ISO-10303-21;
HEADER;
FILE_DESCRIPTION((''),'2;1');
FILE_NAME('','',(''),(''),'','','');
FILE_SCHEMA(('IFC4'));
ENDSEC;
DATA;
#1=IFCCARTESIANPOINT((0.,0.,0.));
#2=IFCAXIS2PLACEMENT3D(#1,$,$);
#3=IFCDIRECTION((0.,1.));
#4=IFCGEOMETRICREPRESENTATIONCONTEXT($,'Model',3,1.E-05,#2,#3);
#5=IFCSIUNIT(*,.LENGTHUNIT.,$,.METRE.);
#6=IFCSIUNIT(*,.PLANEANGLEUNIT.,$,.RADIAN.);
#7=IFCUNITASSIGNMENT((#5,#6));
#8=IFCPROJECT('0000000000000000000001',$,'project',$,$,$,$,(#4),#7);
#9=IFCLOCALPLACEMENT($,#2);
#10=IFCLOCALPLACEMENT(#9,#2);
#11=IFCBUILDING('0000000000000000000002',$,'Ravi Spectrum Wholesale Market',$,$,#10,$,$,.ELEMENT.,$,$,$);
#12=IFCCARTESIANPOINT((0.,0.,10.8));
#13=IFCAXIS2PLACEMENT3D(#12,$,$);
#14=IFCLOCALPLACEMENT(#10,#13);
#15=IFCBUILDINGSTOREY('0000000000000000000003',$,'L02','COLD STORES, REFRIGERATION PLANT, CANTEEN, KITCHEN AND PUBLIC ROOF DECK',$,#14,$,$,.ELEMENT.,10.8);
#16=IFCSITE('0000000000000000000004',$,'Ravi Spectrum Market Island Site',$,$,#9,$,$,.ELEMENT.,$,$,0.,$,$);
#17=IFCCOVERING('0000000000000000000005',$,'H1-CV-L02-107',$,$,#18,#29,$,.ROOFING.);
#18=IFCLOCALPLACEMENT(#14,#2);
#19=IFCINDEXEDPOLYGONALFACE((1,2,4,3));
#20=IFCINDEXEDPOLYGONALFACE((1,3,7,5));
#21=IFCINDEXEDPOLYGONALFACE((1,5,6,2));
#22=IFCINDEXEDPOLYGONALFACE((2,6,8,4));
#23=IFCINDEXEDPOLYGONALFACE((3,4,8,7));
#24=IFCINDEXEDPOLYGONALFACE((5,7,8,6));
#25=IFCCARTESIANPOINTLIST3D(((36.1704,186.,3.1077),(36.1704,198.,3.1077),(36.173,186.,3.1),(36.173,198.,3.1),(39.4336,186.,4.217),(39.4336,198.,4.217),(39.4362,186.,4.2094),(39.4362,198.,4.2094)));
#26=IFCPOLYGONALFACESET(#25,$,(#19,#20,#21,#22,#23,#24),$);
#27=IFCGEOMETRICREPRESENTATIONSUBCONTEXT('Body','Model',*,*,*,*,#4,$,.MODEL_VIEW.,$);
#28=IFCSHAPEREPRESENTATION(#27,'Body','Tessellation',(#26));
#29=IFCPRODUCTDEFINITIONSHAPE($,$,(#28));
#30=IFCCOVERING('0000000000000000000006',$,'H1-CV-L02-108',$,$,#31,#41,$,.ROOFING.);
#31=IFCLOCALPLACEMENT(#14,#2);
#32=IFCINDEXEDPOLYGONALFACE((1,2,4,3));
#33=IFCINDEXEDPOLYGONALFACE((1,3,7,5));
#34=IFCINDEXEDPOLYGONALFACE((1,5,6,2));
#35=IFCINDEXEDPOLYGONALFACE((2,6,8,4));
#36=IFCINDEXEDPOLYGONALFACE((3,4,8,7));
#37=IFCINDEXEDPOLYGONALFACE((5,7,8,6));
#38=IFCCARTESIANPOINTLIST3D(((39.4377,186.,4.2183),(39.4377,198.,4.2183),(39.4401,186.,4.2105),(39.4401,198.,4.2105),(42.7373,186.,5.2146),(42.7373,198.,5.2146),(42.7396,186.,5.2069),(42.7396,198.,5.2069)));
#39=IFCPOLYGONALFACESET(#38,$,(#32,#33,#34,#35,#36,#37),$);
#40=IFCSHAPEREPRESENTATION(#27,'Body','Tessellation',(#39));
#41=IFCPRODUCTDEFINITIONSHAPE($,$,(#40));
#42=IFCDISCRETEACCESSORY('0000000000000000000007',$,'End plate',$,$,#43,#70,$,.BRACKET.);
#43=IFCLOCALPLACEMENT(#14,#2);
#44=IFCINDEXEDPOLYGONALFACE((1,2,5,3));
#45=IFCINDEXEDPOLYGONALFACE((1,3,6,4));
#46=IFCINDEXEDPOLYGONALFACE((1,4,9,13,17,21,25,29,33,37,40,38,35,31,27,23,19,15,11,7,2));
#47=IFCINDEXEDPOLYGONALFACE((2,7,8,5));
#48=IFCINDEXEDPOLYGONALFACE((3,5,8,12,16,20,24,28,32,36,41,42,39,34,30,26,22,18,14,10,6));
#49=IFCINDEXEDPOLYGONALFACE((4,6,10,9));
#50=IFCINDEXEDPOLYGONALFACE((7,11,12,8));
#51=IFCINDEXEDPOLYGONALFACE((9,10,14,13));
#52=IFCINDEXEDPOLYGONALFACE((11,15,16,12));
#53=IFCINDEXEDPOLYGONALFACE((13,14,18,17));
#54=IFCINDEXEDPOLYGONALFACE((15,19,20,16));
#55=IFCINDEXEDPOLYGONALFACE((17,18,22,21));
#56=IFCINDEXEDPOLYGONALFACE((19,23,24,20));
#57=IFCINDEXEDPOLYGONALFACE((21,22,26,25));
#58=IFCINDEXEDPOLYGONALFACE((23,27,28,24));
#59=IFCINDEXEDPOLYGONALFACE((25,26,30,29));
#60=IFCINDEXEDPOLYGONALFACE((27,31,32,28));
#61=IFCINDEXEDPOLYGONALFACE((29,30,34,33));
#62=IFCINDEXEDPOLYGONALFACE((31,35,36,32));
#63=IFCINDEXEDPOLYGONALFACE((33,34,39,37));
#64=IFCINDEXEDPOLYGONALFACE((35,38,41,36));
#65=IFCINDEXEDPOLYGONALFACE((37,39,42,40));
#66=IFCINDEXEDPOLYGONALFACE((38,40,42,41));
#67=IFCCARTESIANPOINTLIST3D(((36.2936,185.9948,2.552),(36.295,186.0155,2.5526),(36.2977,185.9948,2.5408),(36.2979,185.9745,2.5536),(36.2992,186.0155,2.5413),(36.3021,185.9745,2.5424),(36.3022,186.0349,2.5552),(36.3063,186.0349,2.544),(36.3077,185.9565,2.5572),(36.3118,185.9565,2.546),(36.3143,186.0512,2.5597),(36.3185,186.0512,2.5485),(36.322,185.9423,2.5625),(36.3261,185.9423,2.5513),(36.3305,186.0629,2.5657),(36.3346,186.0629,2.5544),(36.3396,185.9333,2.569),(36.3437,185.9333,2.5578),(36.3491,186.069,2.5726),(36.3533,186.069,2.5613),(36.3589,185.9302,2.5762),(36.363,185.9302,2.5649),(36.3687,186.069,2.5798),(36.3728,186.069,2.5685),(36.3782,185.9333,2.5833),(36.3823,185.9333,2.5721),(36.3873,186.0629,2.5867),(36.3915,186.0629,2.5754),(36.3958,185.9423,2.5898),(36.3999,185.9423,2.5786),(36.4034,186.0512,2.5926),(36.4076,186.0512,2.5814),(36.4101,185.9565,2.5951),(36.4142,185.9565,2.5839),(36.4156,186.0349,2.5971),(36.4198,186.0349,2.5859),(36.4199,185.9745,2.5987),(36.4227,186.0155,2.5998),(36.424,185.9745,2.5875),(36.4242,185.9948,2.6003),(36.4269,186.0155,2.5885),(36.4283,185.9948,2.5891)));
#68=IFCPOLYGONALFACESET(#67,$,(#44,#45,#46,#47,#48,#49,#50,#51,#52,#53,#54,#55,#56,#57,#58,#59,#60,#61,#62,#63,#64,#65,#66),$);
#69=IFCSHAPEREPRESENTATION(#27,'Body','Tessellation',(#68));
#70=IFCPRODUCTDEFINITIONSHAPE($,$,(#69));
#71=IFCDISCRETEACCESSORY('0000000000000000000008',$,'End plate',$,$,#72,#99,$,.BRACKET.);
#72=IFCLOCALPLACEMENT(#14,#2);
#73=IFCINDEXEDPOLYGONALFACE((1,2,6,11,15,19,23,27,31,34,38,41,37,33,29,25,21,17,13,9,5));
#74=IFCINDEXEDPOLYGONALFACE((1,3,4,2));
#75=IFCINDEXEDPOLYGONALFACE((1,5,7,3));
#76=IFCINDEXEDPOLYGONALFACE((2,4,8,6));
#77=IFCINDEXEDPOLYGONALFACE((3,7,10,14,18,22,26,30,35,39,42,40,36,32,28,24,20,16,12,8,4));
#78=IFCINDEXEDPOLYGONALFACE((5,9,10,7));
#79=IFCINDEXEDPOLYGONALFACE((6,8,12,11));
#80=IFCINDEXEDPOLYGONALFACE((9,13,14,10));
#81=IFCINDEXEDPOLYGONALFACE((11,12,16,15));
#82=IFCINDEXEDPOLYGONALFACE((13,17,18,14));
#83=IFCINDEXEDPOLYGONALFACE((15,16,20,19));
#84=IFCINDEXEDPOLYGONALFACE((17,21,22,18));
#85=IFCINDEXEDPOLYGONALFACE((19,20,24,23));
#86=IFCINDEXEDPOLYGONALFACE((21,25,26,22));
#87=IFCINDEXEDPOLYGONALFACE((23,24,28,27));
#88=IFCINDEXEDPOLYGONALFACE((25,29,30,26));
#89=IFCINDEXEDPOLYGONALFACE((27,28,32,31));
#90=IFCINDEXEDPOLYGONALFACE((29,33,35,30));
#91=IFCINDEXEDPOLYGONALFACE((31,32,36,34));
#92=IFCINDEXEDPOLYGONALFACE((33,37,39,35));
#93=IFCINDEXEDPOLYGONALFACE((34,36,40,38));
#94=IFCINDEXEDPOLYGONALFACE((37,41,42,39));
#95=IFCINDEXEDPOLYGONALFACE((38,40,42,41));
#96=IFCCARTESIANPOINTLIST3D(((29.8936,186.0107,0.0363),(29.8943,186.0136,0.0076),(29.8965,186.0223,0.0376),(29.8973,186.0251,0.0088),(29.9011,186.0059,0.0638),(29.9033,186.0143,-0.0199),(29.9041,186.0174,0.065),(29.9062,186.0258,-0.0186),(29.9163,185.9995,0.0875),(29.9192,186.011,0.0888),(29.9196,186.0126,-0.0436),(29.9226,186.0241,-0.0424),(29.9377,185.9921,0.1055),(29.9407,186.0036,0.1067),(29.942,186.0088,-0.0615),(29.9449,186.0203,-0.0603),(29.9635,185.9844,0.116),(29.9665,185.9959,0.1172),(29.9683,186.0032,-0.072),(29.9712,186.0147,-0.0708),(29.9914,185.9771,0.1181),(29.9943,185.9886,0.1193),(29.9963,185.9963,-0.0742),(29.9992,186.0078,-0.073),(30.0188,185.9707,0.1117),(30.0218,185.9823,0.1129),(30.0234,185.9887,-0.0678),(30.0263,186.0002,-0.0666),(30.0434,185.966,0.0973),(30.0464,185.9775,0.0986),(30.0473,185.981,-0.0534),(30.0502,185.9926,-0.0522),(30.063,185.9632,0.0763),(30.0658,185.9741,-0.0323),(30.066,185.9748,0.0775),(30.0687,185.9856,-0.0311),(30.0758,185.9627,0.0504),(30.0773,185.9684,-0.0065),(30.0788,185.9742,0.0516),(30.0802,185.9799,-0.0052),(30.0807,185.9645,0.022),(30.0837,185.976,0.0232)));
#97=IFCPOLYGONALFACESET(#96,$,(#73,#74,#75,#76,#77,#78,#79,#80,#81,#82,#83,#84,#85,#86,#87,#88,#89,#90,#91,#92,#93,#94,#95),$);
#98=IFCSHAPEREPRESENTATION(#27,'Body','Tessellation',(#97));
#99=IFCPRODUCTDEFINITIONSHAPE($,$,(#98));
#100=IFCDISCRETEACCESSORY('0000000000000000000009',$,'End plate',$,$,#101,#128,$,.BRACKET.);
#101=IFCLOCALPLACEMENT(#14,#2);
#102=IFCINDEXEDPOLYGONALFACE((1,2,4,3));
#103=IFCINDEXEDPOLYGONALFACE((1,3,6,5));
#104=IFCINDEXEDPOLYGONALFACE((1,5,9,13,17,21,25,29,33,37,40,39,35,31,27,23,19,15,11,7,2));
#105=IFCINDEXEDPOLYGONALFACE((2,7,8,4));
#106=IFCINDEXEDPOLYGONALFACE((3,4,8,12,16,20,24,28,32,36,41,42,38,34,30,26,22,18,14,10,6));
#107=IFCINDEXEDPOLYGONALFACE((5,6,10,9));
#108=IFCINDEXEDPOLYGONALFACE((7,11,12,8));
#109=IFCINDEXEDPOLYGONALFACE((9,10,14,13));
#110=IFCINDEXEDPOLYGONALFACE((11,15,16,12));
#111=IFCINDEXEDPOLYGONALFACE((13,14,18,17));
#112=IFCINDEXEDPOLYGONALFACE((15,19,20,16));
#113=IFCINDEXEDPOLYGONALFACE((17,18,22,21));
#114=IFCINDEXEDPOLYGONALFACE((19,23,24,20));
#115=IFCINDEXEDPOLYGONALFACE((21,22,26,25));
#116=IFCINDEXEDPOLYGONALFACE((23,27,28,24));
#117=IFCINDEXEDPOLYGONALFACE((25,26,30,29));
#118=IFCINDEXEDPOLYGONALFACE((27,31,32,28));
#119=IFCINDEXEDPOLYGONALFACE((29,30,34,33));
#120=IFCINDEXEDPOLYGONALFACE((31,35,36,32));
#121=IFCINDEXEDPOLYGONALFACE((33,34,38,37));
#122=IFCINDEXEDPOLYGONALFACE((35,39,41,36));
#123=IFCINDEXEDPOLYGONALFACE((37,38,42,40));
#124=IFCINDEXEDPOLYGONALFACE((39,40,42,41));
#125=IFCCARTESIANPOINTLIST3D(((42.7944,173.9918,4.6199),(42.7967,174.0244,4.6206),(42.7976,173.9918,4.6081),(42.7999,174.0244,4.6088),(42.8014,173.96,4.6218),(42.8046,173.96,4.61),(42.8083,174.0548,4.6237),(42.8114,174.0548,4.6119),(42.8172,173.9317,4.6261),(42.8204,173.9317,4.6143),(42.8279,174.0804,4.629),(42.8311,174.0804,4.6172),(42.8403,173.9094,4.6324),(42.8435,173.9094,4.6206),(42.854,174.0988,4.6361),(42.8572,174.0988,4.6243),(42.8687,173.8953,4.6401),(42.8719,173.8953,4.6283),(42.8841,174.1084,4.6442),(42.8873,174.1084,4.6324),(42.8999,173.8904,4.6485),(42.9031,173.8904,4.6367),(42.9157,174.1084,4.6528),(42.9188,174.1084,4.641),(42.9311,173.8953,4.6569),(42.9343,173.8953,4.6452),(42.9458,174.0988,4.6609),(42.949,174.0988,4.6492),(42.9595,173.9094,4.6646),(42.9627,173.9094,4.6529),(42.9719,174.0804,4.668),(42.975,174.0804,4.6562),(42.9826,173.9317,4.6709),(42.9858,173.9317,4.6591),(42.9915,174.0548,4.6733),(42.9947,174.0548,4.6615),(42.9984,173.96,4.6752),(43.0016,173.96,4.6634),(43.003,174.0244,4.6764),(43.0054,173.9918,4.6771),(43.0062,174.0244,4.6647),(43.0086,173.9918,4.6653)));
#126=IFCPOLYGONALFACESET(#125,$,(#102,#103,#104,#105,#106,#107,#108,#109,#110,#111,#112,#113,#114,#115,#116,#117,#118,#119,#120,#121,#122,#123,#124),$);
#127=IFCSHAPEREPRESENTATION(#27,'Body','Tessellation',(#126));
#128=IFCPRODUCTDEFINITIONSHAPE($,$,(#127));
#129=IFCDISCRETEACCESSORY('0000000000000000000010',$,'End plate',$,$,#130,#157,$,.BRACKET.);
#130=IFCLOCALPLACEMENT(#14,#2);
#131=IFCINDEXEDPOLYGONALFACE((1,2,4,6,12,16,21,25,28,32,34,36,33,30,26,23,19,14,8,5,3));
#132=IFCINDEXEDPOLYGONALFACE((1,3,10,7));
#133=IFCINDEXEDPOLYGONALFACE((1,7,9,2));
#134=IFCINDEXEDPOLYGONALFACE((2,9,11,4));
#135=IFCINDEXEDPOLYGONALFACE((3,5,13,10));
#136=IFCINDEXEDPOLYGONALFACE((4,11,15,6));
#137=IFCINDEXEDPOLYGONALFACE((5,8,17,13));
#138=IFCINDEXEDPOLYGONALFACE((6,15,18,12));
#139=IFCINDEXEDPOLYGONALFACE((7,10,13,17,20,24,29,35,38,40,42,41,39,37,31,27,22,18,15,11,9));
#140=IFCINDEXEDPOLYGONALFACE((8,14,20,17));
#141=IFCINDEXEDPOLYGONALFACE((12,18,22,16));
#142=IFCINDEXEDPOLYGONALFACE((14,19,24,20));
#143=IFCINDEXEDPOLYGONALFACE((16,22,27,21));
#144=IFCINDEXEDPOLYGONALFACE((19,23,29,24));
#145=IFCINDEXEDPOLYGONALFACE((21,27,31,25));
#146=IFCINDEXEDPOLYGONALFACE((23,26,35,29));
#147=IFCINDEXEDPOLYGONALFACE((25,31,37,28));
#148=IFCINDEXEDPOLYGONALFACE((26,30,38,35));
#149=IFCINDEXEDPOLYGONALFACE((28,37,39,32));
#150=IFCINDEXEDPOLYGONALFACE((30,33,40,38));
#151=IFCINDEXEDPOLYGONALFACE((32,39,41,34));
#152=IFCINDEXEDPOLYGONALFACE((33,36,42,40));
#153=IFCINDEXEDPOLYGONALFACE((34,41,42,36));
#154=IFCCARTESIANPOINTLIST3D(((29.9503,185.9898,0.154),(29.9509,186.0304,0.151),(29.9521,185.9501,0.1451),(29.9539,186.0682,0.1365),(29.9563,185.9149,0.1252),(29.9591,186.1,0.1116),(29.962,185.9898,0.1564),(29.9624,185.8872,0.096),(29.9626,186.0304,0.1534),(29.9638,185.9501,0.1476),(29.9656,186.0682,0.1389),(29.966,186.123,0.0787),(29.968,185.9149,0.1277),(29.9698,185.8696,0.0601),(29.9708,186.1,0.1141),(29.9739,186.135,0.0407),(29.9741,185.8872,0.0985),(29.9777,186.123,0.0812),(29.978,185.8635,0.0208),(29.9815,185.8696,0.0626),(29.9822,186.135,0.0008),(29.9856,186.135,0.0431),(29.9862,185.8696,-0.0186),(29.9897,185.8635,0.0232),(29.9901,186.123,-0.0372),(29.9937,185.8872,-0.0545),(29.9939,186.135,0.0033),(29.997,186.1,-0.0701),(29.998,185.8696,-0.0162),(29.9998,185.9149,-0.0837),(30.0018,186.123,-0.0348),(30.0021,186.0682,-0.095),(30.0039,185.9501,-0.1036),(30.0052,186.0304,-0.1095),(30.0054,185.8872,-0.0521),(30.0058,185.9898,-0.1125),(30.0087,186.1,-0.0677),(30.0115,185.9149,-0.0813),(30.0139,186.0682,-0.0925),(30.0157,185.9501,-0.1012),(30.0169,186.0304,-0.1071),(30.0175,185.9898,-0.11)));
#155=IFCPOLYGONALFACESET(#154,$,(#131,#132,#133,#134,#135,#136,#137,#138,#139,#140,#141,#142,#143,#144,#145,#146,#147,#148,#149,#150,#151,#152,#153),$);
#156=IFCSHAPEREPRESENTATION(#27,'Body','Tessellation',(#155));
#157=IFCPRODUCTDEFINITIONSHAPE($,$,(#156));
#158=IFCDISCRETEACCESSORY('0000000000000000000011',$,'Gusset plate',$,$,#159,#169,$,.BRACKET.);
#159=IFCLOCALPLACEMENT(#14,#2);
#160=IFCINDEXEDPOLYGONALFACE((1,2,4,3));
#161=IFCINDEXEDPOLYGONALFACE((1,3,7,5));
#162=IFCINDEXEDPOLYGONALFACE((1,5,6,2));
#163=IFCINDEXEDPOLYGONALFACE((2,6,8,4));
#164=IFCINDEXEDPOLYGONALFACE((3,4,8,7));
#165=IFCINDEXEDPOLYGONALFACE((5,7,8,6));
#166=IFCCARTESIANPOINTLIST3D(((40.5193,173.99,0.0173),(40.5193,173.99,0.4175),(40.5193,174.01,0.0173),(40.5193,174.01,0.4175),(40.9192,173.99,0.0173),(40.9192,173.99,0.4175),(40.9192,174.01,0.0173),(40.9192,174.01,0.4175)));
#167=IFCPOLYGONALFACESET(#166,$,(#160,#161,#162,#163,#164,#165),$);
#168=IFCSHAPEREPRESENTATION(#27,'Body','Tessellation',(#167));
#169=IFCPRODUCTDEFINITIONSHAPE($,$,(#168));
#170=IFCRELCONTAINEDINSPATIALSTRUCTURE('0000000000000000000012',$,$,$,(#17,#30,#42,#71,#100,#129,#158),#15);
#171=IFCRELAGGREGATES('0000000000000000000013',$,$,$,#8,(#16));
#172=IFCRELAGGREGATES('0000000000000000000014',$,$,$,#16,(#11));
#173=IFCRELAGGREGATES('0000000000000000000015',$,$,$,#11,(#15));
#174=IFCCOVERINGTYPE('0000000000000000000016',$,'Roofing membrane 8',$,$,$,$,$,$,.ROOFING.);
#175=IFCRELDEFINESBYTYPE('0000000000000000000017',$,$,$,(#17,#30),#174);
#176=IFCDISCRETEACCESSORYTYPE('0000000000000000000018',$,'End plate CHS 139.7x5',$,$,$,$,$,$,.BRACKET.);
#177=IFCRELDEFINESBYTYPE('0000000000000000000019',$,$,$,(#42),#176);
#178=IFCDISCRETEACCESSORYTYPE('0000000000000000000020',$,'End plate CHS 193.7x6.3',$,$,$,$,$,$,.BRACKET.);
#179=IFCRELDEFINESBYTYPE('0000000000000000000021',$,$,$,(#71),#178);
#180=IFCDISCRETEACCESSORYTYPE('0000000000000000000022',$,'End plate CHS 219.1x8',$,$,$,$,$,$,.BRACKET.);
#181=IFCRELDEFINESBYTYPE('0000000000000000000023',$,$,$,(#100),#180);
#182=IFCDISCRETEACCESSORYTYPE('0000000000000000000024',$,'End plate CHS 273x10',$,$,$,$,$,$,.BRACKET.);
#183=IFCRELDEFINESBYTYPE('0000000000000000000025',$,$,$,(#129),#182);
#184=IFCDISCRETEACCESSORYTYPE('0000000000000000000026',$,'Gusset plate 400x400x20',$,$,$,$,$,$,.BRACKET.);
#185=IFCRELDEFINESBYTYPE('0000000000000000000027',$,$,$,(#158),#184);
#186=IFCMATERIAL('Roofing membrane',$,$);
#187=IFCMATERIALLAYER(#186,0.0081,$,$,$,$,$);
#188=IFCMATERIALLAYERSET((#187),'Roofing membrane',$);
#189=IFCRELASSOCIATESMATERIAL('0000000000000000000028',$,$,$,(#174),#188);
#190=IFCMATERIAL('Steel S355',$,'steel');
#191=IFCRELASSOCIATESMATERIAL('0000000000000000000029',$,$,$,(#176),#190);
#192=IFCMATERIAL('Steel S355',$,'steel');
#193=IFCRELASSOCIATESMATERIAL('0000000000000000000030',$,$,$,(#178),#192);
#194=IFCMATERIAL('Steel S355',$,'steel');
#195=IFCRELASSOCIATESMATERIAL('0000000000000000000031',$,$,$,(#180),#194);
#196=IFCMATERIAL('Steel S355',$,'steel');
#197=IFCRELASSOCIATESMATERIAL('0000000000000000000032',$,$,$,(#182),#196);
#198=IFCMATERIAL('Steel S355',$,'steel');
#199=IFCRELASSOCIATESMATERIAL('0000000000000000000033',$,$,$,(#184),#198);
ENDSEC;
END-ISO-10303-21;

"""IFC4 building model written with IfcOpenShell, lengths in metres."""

from ifc_helpers import new_model, si_unit, direction, frame, origin, origin_2d, place, context, subcontext, project, spatial, polyline, rectangle, circle, outline, extrude, material, layer, layer_set, material_profile, profile_set, type_object, element, save


model = new_model("IFC4")

# Units and contexts
model_context = context("Model", 3, precision=1e-05, world=origin(), true_north=direction((0.0, 1.0)))
body_context = subcontext(model_context, "Body", "Model", "MODEL_VIEW")
ifc_project = project(units=[si_unit("LENGTHUNIT", "METRE"), si_unit("PLANEANGLEUNIT", "RADIAN")], contexts=[model_context])

# Site, building, storey
site_placement = place(None, origin())
site = spatial("IfcSite", under=ifc_project, at=site_placement, Name="Ravi Spectrum Market Island Site", CompositionType="ELEMENT", RefElevation=0.0)
building_placement = place(site_placement, origin())
building = spatial("IfcBuilding", under=site, at=building_placement, Name="Ravi Spectrum Wholesale Market", CompositionType="ELEMENT")
storey_placement = place(building_placement, frame((0.0, 0.0, 10.8)))
storey = spatial("IfcBuildingStorey", under=building, at=storey_placement, Name="L02", Description="COLD STORES, REFRIGERATION PLANT, CANTEEN, KITCHEN AND PUBLIC ROOF DECK", CompositionType="ELEMENT", Elevation=10.8)

# Coverings
ifc_material_1 = material(Name="Roofing membrane")
ifc_layer_1 = layer(ifc_material_1, 0.0081)
ifc_layer_set_1 = layer_set([ifc_layer_1], Name="Roofing membrane")
covering_type = type_object("IfcCoveringType", Name="Roofing membrane 8", PredefinedType="ROOFING", material=ifc_layer_set_1)
covering_1_placement = place(storey_placement, frame((36.1704, 186.0, 3.1077), z_axis=(-0.321875, 0.0, 0.946782), x_axis=(0.946782, 0.0, 0.321875)))
element("IfcCovering", 1, at=covering_1_placement, inside=storey, type_object=covering_type, Name="H1-CV-L02-107", PredefinedType="ROOFING", context=body_context, shape_type="SweptSolid", body=[
    extrude(outline(polyline([(0.0, 0.0), (3.4466, 0.0), (3.4466, 12.0), (0.0, 12.0), (0.0, 0.0)])), origin(), (0.0, 0.0, -1.0), 0.0081),
])
covering_2_placement = place(storey_placement, frame((39.4377, 186.0, 4.2183), z_axis=(-0.28907, 0.0, 0.957308), x_axis=(0.957308, 0.0, 0.28907)))
element("IfcCovering", 2, at=covering_2_placement, inside=storey, type_object=covering_type, Name="H1-CV-L02-108", PredefinedType="ROOFING", context=body_context, shape_type="SweptSolid", body=[
    extrude(outline(polyline([(0.0, 0.0), (3.4467, 0.0), (3.4467, 12.0), (0.0, 12.0), (0.0, 0.0)])), origin(), (0.0, 0.0, -1.0), 0.0081),
])

# Discrete accessories
ifc_material_2 = material(Name="Steel S355", Category="steel")
ifc_material_profile_1 = material_profile(ifc_material_2, circle(Radius=0.0698, at=origin_2d()))
ifc_profile_set_1 = profile_set([ifc_material_profile_1], Name="Steel S355")
discrete_accessory_type_1 = type_object("IfcDiscreteAccessoryType", Name="End plate CHS 139.7x5", PredefinedType="BRACKET", material=ifc_profile_set_1)
discrete_accessory_1_placement = place(storey_placement, frame((36.363, 186.0, 2.5649), z_axis=(-0.34665, 0.0, 0.937994), x_axis=(0.0, -1.0, 0.0)))
element("IfcDiscreteAccessory", 3, at=discrete_accessory_1_placement, inside=storey, type_object=discrete_accessory_type_1, Name="End plate", PredefinedType="BRACKET", context=body_context, shape_type="SweptSolid", body=[
    extrude(circle(Radius=0.0698, at=origin_2d()), origin(), (0.0, 0.0, 1.0), 0.012),
])
ifc_material_3 = material(Name="Steel S355", Category="steel")
ifc_material_profile_2 = material_profile(ifc_material_3, circle(Radius=0.0969, at=origin_2d()))
ifc_profile_set_2 = profile_set([ifc_material_profile_2], Name="Steel S355")
discrete_accessory_type_2 = type_object("IfcDiscreteAccessoryType", Name="End plate CHS 193.7x6.3", PredefinedType="BRACKET", material=ifc_profile_set_2)
discrete_accessory_2_placement = place(storey_placement, frame((29.9897, 186.0, 0.0232), z_axis=(-0.246079, -0.963811, -0.102533), x_axis=(0.968918, -0.247383, 0.0)))
element("IfcDiscreteAccessory", 4, at=discrete_accessory_2_placement, inside=storey, type_object=discrete_accessory_type_2, Name="End plate", PredefinedType="BRACKET", context=body_context, shape_type="SweptSolid", body=[
    extrude(circle(Radius=0.0969, at=origin_2d()), origin(), (0.0, 0.0, 1.0), 0.012),
])
ifc_material_4 = material(Name="Steel S355", Category="steel")
ifc_material_profile_3 = material_profile(ifc_material_4, circle(Radius=0.1096, at=origin_2d()))
ifc_profile_set_3 = profile_set([ifc_material_profile_3], Name="Steel S355")
discrete_accessory_type_3 = type_object("IfcDiscreteAccessoryType", Name="End plate CHS 219.1x8", PredefinedType="BRACKET", material=ifc_profile_set_3)
discrete_accessory_3_placement = place(storey_placement, frame((42.9031, 174.0, 4.6367), z_axis=(-0.261415, 0.0, 0.965226), x_axis=(0.0, -1.0, 0.0)))
element("IfcDiscreteAccessory", 5, at=discrete_accessory_3_placement, inside=storey, type_object=discrete_accessory_type_3, Name="End plate", PredefinedType="BRACKET", context=body_context, shape_type="SweptSolid", body=[
    extrude(circle(Radius=0.1096, at=origin_2d()), origin(), (0.0, 0.0, 1.0), 0.0122),
])
ifc_material_5 = material(Name="Steel S355", Category="steel")
ifc_material_profile_4 = material_profile(ifc_material_5, circle(Radius=0.1365, at=origin_2d()))
ifc_profile_set_4 = profile_set([ifc_material_profile_4], Name="Steel S355")
discrete_accessory_type_4 = type_object("IfcDiscreteAccessoryType", Name="End plate CHS 273x10", PredefinedType="BRACKET", material=ifc_profile_set_4)
discrete_accessory_4_placement = place(storey_placement, frame((29.9897, 186.0, 0.0232), z_axis=(-0.97898, 0.0, -0.203954), x_axis=(0.0, -1.0, 0.0)))
element("IfcDiscreteAccessory", 6, at=discrete_accessory_4_placement, inside=storey, type_object=discrete_accessory_type_4, Name="End plate", PredefinedType="BRACKET", context=body_context, shape_type="SweptSolid", body=[
    extrude(circle(Radius=0.1365, at=origin_2d()), origin(), (0.0, 0.0, 1.0), 0.012),
])
ifc_material_6 = material(Name="Steel S355", Category="steel")
ifc_material_profile_5 = material_profile(ifc_material_6, rectangle(XDim=0.3999, YDim=0.02, at=origin_2d()))
ifc_profile_set_5 = profile_set([ifc_material_profile_5], Name="Steel S355")
discrete_accessory_type_5 = type_object("IfcDiscreteAccessoryType", Name="Gusset plate 400x400x20", PredefinedType="BRACKET", material=ifc_profile_set_5)
discrete_accessory_5_placement = place(storey_placement, frame((40.7192, 174.0, 0.0173), z_axis=(0.0, 0.0, 1.0), x_axis=(1.0, 0.0, 0.0)))
element("IfcDiscreteAccessory", 7, at=discrete_accessory_5_placement, inside=storey, type_object=discrete_accessory_type_5, Name="Gusset plate", PredefinedType="BRACKET", context=body_context, shape_type="SweptSolid", body=[
    extrude(rectangle(XDim=0.3999, YDim=0.02, at=origin_2d()), origin(), (0.0, 0.0, 1.0), 0.4001),
])

save(model, "model.ifc")
